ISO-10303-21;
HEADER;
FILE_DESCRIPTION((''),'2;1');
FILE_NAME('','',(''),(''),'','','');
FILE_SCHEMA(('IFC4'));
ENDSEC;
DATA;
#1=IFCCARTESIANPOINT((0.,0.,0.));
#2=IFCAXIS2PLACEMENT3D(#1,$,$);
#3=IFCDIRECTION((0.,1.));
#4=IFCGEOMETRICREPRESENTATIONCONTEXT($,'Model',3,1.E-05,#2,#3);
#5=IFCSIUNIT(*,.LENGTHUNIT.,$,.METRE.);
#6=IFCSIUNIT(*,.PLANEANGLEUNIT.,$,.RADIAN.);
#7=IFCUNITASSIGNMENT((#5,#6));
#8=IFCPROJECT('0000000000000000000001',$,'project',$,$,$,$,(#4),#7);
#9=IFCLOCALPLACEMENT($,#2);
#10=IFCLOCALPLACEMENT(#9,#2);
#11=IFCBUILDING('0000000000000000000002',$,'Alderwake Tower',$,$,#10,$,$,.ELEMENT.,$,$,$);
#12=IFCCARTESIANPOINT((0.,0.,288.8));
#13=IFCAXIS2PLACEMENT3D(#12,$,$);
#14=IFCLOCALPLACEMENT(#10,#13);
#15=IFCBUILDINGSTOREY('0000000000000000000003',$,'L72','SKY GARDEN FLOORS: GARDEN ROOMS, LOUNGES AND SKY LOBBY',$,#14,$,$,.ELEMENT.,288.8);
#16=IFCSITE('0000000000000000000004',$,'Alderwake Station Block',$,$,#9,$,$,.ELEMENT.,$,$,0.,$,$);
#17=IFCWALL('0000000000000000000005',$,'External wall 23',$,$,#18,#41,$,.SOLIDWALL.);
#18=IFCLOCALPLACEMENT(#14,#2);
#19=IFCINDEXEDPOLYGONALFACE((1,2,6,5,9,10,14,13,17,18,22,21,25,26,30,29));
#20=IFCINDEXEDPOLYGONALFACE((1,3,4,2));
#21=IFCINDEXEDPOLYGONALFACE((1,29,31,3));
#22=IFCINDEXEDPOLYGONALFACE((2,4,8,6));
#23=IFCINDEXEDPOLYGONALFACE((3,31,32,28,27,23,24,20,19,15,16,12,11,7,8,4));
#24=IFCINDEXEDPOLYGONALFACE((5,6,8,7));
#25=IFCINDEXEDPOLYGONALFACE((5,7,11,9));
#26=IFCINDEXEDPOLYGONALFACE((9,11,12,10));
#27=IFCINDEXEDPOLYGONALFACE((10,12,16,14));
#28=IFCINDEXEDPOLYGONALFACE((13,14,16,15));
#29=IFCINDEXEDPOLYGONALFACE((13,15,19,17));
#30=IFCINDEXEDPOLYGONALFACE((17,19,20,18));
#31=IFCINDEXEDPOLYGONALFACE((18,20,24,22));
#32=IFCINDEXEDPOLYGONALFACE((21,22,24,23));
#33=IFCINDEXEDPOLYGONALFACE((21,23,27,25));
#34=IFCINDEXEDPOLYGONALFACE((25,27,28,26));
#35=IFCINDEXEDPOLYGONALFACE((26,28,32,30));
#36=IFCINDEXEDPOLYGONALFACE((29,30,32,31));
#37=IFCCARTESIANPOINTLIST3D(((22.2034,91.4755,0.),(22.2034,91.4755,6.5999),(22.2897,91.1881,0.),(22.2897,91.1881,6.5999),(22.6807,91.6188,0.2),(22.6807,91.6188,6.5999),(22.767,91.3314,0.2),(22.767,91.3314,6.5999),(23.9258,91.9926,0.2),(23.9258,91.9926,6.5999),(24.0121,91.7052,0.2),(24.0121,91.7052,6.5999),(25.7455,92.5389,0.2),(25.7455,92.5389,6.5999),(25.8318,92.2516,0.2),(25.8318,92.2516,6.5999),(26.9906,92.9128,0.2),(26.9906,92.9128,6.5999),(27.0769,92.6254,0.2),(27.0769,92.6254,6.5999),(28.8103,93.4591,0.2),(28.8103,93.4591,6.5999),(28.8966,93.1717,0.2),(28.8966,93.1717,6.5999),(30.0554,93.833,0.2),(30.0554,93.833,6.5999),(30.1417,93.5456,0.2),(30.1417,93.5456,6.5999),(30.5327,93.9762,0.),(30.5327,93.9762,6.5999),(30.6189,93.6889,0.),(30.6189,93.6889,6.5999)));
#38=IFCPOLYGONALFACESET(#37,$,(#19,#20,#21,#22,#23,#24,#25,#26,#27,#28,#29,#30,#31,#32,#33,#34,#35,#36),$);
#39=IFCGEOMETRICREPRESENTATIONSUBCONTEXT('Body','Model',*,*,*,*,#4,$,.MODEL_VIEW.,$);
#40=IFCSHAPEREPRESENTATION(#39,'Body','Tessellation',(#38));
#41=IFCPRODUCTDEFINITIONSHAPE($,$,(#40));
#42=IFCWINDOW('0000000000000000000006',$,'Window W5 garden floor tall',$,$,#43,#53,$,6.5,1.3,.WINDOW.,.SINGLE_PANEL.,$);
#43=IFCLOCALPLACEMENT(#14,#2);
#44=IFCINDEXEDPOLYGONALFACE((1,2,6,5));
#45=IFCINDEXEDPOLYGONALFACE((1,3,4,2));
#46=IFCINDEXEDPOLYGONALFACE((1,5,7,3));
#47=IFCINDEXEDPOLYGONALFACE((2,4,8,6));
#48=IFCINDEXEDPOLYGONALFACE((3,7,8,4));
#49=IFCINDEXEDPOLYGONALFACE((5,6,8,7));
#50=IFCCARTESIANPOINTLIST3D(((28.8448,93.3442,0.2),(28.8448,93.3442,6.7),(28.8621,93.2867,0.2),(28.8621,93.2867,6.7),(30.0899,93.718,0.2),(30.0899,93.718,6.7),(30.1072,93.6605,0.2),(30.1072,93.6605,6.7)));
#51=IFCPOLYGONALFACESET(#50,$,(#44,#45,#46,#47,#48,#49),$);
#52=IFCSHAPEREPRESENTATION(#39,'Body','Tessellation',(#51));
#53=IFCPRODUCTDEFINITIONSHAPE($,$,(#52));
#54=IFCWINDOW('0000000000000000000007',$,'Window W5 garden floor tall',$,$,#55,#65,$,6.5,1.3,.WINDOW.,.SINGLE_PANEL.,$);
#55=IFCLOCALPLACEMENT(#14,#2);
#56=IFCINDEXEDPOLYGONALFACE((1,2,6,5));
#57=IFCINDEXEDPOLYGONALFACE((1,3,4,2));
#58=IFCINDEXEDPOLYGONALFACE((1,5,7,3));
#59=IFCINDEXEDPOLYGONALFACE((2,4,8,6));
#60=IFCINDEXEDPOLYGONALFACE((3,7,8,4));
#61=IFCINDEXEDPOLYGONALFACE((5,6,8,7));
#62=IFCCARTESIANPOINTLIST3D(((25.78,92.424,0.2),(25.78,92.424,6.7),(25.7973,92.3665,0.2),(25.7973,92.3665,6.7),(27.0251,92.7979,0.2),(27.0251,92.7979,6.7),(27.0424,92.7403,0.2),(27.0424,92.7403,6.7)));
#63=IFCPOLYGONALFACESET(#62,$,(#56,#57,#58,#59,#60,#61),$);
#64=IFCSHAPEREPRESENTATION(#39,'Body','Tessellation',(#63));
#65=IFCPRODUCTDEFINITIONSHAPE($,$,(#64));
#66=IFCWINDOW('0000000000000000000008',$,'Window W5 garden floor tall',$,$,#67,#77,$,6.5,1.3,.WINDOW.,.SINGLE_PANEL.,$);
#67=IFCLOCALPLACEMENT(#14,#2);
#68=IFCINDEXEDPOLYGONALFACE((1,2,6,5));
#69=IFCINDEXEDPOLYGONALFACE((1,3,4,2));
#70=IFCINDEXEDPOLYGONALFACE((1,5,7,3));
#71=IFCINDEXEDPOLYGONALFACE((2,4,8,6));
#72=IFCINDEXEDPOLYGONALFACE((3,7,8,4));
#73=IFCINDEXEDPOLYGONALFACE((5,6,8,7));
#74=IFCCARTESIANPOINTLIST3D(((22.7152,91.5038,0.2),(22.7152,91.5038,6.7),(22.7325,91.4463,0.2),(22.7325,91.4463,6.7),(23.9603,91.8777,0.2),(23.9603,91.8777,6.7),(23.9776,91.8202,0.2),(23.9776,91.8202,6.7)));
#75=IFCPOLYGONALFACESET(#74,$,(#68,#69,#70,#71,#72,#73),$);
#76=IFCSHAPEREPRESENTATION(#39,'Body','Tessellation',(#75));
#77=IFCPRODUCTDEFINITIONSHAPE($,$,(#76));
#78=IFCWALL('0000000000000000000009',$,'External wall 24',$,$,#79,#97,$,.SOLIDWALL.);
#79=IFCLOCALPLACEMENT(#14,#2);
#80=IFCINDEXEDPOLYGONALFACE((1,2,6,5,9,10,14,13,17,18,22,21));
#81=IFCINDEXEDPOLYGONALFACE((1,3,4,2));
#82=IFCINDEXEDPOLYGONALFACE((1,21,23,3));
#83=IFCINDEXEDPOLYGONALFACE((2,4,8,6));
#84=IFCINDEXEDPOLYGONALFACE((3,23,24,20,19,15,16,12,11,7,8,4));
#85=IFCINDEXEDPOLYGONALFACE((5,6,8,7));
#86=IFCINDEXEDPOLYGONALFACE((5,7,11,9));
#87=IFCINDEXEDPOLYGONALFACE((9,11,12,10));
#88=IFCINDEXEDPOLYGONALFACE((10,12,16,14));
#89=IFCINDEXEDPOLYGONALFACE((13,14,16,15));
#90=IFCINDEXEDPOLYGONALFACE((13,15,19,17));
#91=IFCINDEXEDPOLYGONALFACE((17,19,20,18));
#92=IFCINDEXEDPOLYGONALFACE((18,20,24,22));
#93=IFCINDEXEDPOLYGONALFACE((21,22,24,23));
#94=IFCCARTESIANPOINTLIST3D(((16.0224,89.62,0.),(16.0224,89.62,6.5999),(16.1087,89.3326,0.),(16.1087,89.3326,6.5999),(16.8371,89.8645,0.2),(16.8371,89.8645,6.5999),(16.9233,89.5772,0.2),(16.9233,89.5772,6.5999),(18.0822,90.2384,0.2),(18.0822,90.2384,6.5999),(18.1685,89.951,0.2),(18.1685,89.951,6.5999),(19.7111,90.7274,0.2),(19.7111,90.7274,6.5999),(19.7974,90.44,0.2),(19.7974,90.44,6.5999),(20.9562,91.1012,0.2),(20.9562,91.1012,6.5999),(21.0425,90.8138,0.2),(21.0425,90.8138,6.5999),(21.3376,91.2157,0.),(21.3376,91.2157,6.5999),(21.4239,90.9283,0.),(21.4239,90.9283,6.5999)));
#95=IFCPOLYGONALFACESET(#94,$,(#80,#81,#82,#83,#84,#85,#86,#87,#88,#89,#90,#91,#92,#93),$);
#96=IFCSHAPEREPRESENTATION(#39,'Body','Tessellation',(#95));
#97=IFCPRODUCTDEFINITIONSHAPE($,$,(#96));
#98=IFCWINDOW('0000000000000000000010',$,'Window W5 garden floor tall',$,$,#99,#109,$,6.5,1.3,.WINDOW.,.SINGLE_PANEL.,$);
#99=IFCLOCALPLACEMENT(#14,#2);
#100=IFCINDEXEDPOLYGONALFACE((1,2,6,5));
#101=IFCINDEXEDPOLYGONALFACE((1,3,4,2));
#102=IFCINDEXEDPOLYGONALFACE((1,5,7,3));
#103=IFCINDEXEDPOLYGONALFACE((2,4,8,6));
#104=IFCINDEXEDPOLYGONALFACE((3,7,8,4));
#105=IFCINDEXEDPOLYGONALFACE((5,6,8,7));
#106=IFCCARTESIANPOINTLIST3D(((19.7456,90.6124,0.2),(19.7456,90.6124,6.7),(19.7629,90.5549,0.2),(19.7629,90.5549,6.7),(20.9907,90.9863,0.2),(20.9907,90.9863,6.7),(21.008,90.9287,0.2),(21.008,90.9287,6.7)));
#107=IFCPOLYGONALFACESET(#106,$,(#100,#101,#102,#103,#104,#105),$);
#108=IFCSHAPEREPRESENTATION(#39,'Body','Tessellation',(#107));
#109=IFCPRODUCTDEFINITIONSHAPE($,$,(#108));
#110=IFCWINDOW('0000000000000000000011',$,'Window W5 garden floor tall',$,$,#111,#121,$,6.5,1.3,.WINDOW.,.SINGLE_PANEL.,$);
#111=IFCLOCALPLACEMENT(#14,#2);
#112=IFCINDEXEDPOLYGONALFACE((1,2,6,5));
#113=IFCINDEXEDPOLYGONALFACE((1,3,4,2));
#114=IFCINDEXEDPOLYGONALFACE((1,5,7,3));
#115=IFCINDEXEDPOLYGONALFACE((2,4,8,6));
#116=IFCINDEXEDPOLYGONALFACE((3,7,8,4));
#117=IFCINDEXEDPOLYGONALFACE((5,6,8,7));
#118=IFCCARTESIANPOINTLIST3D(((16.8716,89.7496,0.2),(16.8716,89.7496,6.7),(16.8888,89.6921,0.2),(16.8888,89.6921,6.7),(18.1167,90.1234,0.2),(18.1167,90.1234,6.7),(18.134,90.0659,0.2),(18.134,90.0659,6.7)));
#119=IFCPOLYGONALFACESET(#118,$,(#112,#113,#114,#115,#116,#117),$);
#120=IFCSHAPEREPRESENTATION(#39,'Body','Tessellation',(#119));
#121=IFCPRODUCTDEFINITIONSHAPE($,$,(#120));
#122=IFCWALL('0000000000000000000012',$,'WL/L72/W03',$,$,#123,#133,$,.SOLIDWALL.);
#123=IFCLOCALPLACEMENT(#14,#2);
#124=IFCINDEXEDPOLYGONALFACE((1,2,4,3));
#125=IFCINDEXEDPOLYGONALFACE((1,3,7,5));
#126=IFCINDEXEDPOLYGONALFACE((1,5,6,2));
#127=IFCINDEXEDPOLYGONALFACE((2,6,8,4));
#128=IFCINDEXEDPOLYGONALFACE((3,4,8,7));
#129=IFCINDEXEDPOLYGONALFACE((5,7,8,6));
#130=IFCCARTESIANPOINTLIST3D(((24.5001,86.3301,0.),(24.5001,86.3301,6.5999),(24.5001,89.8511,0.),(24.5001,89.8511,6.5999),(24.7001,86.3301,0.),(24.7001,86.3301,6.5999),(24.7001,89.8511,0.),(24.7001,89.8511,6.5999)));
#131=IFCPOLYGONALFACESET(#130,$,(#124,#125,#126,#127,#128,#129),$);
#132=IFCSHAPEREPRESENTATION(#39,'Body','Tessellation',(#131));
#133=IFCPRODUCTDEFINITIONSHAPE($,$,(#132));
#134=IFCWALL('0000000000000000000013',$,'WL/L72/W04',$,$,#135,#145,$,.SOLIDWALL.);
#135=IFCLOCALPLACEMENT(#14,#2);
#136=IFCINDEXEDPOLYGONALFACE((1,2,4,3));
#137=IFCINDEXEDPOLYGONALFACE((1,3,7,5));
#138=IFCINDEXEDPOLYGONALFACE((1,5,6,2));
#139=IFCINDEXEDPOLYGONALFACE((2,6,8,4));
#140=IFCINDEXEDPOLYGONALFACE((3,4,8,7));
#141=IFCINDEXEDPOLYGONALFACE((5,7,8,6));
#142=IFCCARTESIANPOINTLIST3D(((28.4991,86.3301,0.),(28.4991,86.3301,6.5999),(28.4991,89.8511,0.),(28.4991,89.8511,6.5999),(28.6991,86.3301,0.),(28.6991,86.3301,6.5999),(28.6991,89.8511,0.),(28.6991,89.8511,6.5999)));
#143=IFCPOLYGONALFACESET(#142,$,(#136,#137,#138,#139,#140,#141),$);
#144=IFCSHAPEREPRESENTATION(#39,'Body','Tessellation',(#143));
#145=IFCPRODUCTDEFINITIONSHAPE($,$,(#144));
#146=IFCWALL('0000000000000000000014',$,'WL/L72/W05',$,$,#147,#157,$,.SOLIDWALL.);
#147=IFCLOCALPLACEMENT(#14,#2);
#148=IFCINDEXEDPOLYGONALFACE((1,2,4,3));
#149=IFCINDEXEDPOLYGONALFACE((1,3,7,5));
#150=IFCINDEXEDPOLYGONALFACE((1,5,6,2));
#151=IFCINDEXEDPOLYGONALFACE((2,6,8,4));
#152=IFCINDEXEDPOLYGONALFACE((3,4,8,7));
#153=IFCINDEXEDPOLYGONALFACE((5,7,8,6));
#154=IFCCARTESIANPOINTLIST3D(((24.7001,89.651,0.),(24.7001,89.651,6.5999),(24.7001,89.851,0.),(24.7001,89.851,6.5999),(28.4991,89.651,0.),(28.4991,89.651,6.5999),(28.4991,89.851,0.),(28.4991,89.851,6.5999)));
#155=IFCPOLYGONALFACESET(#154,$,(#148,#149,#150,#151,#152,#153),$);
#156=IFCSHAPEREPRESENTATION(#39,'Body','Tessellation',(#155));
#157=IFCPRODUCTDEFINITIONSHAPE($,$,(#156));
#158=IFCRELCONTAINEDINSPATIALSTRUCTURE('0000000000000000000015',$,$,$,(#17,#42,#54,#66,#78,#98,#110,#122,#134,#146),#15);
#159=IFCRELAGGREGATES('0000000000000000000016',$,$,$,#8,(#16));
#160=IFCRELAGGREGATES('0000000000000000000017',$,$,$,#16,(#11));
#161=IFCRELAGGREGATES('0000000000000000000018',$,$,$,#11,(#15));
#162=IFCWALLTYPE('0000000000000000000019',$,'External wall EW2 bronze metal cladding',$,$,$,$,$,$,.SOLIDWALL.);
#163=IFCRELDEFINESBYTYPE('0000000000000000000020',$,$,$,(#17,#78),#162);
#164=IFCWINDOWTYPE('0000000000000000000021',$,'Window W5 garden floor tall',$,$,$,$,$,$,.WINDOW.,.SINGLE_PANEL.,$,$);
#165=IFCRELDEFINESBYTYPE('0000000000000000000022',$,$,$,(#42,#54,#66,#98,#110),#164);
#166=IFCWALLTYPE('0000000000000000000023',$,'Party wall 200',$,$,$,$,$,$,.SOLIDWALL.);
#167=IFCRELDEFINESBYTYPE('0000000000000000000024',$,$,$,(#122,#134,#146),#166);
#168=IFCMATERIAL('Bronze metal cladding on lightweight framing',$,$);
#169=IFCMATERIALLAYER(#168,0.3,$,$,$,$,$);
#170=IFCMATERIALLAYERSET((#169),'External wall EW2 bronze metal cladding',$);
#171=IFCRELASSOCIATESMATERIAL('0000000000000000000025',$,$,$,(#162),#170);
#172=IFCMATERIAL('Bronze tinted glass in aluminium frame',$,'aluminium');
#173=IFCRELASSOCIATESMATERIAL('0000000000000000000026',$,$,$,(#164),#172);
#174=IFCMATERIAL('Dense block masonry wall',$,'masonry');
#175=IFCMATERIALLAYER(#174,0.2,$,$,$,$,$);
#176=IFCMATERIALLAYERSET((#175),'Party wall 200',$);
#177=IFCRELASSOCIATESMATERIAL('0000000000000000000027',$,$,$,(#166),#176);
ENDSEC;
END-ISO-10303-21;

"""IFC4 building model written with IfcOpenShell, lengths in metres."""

from ifc_helpers import new_model, si_unit, direction, frame, frame_2d, origin, place, context, subcontext, project, spatial, rectangle, extrude, material, layer, layer_set, type_object, element, fill, save


model = new_model("IFC4")

# Units and contexts
model_context = context("Model", 3, precision=1e-05, world=origin(), true_north=direction((0.0, 1.0)))
body_context = subcontext(model_context, "Body", "Model", "MODEL_VIEW")
ifc_project = project(units=[si_unit("LENGTHUNIT", "METRE"), si_unit("PLANEANGLEUNIT", "RADIAN")], contexts=[model_context])

# Site, building, storey
site_placement = place(None, origin())
site = spatial("IfcSite", under=ifc_project, at=site_placement, Name="Alderwake Station Block", CompositionType="ELEMENT", RefElevation=0.0)
building_placement = place(site_placement, origin())
building = spatial("IfcBuilding", under=site, at=building_placement, Name="Alderwake Tower", CompositionType="ELEMENT")
storey_placement = place(building_placement, frame((0.0, 0.0, 288.8)))
storey = spatial("IfcBuildingStorey", under=building, at=storey_placement, Name="L72", Description="SKY GARDEN FLOORS: GARDEN ROOMS, LOUNGES AND SKY LOBBY", CompositionType="ELEMENT", Elevation=288.8)

# Walls, openings, windows
ifc_material_1 = material(Name="Bronze metal cladding on lightweight framing")
ifc_layer_1 = layer(ifc_material_1, 0.3)
ifc_layer_set_1 = layer_set([ifc_layer_1], Name="External wall EW2 bronze metal cladding")
wall_type_1 = type_object("IfcWallType", Name="External wall EW2 bronze metal cladding", PredefinedType="SOLIDWALL", material=ifc_layer_set_1)
ifc_material_2 = material(Name="Bronze tinted glass in aluminium frame", Category="aluminium")
window_type = type_object("IfcWindowType", Name="Window W5 garden floor tall", PartitioningType="SINGLE_PANEL", PredefinedType="WINDOW", material=ifc_material_2)
wall_1_placement = place(storey_placement, frame((30.5757, 93.8325, 0.0), z_axis=(0.0, 0.0, 1.0), x_axis=(-0.957763, -0.287559, 0.0)))
wall_1 = element("IfcWall", 1, at=wall_1_placement, inside=storey, type_object=wall_type_1, Name="External wall 23", PredefinedType="SOLIDWALL", context=body_context, shape_type="SweptSolid", body=[
    extrude(rectangle(XDim=8.6965, YDim=0.3, at=frame_2d((4.3481, 0.0))), origin(), (0.0, 0.0, 1.0), 6.5999),
])
opening_1_placement = place(wall_1_placement, frame((0.4983, 0.0, 0.2)))
opening_1 = element("IfcOpeningElement", 2, at=opening_1_placement, cuts=wall_1, PredefinedType="OPENING", context=body_context, shape_type="SweptSolid", body=[
    extrude(rectangle(XDim=1.3, YDim=6.5, at=frame_2d((0.6499, 3.25))), frame((0.0, 0.1599, 0.0), z_axis=(0.0, -1.0, 0.0), x_axis=(1.0, 0.0, 0.0)), (0.0, 0.0, 1.0), 0.3201),
])
opening_2_placement = place(wall_1_placement, frame((3.6982, 0.0, 0.2)))
opening_2 = element("IfcOpeningElement", 3, at=opening_2_placement, cuts=wall_1, PredefinedType="OPENING", context=body_context, shape_type="SweptSolid", body=[
    extrude(rectangle(XDim=1.3, YDim=6.5, at=frame_2d((0.6499, 3.25))), frame((0.0, 0.1599, 0.0), z_axis=(0.0, -1.0, 0.0), x_axis=(1.0, 0.0, 0.0)), (0.0, 0.0, 1.0), 0.3201),
])
opening_3_placement = place(wall_1_placement, frame((6.8982, 0.0, 0.2)))
opening_3 = element("IfcOpeningElement", 4, at=opening_3_placement, cuts=wall_1, PredefinedType="OPENING", context=body_context, shape_type="SweptSolid", body=[
    extrude(rectangle(XDim=1.3, YDim=6.5, at=frame_2d((0.6499, 3.25))), frame((0.0, 0.1599, 0.0), z_axis=(0.0, -1.0, 0.0), x_axis=(1.0, 0.0, 0.0)), (0.0, 0.0, 1.0), 0.3201),
])
window_1_placement = place(opening_1_placement, origin())
window_1 = element("IfcWindow", 5, at=window_1_placement, inside=storey, type_object=window_type, Name="Window W5 garden floor tall", OverallHeight=6.5, OverallWidth=1.3, PartitioningType="SINGLE_PANEL", PredefinedType="WINDOW", context=body_context, shape_type="SweptSolid", body=[
    extrude(rectangle(XDim=1.3, YDim=6.5, at=frame_2d((0.6499, 3.25))), frame((0.0, 0.03, 0.0), z_axis=(0.0, -1.0, 0.0), x_axis=(1.0, 0.0, 0.0)), (0.0, 0.0, 1.0), 0.0601),
])
fill(opening_1, window_1)
window_2_placement = place(opening_2_placement, origin())
window_2 = element("IfcWindow", 6, at=window_2_placement, inside=storey, type_object=window_type, Name="Window W5 garden floor tall", OverallHeight=6.5, OverallWidth=1.3, PartitioningType="SINGLE_PANEL", PredefinedType="WINDOW", context=body_context, shape_type="SweptSolid", body=[
    extrude(rectangle(XDim=1.3, YDim=6.5, at=frame_2d((0.6499, 3.25))), frame((0.0, 0.03, 0.0), z_axis=(0.0, -1.0, 0.0), x_axis=(1.0, 0.0, 0.0)), (0.0, 0.0, 1.0), 0.0601),
])
fill(opening_2, window_2)
window_3_placement = place(opening_3_placement, origin())
window_3 = element("IfcWindow", 7, at=window_3_placement, inside=storey, type_object=window_type, Name="Window W5 garden floor tall", OverallHeight=6.5, OverallWidth=1.3, PartitioningType="SINGLE_PANEL", PredefinedType="WINDOW", context=body_context, shape_type="SweptSolid", body=[
    extrude(rectangle(XDim=1.3, YDim=6.5, at=frame_2d((0.6499, 3.25))), frame((0.0, 0.03, 0.0), z_axis=(0.0, -1.0, 0.0), x_axis=(1.0, 0.0, 0.0)), (0.0, 0.0, 1.0), 0.0601),
])
fill(opening_3, window_3)
wall_2_placement = place(storey_placement, frame((21.3809, 91.072, 0.0), z_axis=(0.0, 0.0, 1.0), x_axis=(-0.957769, -0.287538, 0.0)))
wall_2 = element("IfcWall", 8, at=wall_2_placement, inside=storey, type_object=wall_type_1, Name="External wall 24", PredefinedType="SOLIDWALL", context=body_context, shape_type="SweptSolid", body=[
    extrude(rectangle(XDim=5.5496, YDim=0.3, at=frame_2d((2.7749, 0.0))), origin(), (0.0, 0.0, 1.0), 6.5999),
])
opening_4_placement = place(wall_2_placement, frame((0.3984, 0.0, 0.2)))
opening_4 = element("IfcOpeningElement", 9, at=opening_4_placement, cuts=wall_2, PredefinedType="OPENING", context=body_context, shape_type="SweptSolid", body=[
    extrude(rectangle(XDim=1.3, YDim=6.5, at=frame_2d((0.6499, 3.25))), frame((0.0, 0.1599, 0.0), z_axis=(0.0, -1.0, 0.0), x_axis=(1.0, 0.0, 0.0)), (0.0, 0.0, 1.0), 0.3201),
])
opening_5_placement = place(wall_2_placement, frame((3.3992, 0.0, 0.2)))
opening_5 = element("IfcOpeningElement", 10, at=opening_5_placement, cuts=wall_2, PredefinedType="OPENING", context=body_context, shape_type="SweptSolid", body=[
    extrude(rectangle(XDim=1.3, YDim=6.5, at=frame_2d((0.6499, 3.25))), frame((0.0, 0.1599, 0.0), z_axis=(0.0, -1.0, 0.0), x_axis=(1.0, 0.0, 0.0)), (0.0, 0.0, 1.0), 0.3201),
])
window_4_placement = place(opening_4_placement, origin())
window_4 = element("IfcWindow", 11, at=window_4_placement, inside=storey, type_object=window_type, Name="Window W5 garden floor tall", OverallHeight=6.5, OverallWidth=1.3, PartitioningType="SINGLE_PANEL", PredefinedType="WINDOW", context=body_context, shape_type="SweptSolid", body=[
    extrude(rectangle(XDim=1.3, YDim=6.5, at=frame_2d((0.6499, 3.25))), frame((0.0, 0.03, 0.0), z_axis=(0.0, -1.0, 0.0), x_axis=(1.0, 0.0, 0.0)), (0.0, 0.0, 1.0), 0.0601),
])
fill(opening_4, window_4)
window_5_placement = place(opening_5_placement, origin())
window_5 = element("IfcWindow", 12, at=window_5_placement, inside=storey, type_object=window_type, Name="Window W5 garden floor tall", OverallHeight=6.5, OverallWidth=1.3, PartitioningType="SINGLE_PANEL", PredefinedType="WINDOW", context=body_context, shape_type="SweptSolid", body=[
    extrude(rectangle(XDim=1.3, YDim=6.5, at=frame_2d((0.6499, 3.25))), frame((0.0, 0.03, 0.0), z_axis=(0.0, -1.0, 0.0), x_axis=(1.0, 0.0, 0.0)), (0.0, 0.0, 1.0), 0.0601),
])
fill(opening_5, window_5)

# Walls
ifc_material_3 = material(Name="Dense block masonry wall", Category="masonry")
ifc_layer_2 = layer(ifc_material_3, 0.2)
ifc_layer_set_2 = layer_set([ifc_layer_2], Name="Party wall 200")
wall_type_2 = type_object("IfcWallType", Name="Party wall 200", PredefinedType="SOLIDWALL", material=ifc_layer_set_2)
for number, where, z_axis, x_axis, name in (
    (13, (24.6001, 89.8511, 0.0), (0.0, 0.0, 1.0), (0.0, -1.0, 0.0), "WL/L72/W03"),
    (14, (28.5991, 86.3301, 0.0), (0.0, 0.0, 1.0), (0.0, 1.0, 0.0), "WL/L72/W04"),
):
    element("IfcWall", number, at=place(storey_placement, frame(where, z_axis=z_axis, x_axis=x_axis)), inside=storey, type_object=wall_type_2, Name=name, PredefinedType="SOLIDWALL", context=body_context, shape_type="SweptSolid", body=[
        extrude(rectangle(XDim=3.521, YDim=0.2, at=frame_2d((1.7605, 0.0))), origin(), (0.0, 0.0, 1.0), 6.5999),
    ])
wall_3_placement = place(storey_placement, frame((28.499, 89.751, 0.0), z_axis=(0.0, 0.0, 1.0), x_axis=(-1.0, 0.0, 0.0)))
element("IfcWall", 15, at=wall_3_placement, inside=storey, type_object=wall_type_2, Name="WL/L72/W05", PredefinedType="SOLIDWALL", context=body_context, shape_type="SweptSolid", body=[
    extrude(rectangle(XDim=3.7991, YDim=0.2, at=frame_2d((1.8994, 0.0))), origin(), (0.0, 0.0, 1.0), 6.5999),
])

save(model, "model.ifc")
